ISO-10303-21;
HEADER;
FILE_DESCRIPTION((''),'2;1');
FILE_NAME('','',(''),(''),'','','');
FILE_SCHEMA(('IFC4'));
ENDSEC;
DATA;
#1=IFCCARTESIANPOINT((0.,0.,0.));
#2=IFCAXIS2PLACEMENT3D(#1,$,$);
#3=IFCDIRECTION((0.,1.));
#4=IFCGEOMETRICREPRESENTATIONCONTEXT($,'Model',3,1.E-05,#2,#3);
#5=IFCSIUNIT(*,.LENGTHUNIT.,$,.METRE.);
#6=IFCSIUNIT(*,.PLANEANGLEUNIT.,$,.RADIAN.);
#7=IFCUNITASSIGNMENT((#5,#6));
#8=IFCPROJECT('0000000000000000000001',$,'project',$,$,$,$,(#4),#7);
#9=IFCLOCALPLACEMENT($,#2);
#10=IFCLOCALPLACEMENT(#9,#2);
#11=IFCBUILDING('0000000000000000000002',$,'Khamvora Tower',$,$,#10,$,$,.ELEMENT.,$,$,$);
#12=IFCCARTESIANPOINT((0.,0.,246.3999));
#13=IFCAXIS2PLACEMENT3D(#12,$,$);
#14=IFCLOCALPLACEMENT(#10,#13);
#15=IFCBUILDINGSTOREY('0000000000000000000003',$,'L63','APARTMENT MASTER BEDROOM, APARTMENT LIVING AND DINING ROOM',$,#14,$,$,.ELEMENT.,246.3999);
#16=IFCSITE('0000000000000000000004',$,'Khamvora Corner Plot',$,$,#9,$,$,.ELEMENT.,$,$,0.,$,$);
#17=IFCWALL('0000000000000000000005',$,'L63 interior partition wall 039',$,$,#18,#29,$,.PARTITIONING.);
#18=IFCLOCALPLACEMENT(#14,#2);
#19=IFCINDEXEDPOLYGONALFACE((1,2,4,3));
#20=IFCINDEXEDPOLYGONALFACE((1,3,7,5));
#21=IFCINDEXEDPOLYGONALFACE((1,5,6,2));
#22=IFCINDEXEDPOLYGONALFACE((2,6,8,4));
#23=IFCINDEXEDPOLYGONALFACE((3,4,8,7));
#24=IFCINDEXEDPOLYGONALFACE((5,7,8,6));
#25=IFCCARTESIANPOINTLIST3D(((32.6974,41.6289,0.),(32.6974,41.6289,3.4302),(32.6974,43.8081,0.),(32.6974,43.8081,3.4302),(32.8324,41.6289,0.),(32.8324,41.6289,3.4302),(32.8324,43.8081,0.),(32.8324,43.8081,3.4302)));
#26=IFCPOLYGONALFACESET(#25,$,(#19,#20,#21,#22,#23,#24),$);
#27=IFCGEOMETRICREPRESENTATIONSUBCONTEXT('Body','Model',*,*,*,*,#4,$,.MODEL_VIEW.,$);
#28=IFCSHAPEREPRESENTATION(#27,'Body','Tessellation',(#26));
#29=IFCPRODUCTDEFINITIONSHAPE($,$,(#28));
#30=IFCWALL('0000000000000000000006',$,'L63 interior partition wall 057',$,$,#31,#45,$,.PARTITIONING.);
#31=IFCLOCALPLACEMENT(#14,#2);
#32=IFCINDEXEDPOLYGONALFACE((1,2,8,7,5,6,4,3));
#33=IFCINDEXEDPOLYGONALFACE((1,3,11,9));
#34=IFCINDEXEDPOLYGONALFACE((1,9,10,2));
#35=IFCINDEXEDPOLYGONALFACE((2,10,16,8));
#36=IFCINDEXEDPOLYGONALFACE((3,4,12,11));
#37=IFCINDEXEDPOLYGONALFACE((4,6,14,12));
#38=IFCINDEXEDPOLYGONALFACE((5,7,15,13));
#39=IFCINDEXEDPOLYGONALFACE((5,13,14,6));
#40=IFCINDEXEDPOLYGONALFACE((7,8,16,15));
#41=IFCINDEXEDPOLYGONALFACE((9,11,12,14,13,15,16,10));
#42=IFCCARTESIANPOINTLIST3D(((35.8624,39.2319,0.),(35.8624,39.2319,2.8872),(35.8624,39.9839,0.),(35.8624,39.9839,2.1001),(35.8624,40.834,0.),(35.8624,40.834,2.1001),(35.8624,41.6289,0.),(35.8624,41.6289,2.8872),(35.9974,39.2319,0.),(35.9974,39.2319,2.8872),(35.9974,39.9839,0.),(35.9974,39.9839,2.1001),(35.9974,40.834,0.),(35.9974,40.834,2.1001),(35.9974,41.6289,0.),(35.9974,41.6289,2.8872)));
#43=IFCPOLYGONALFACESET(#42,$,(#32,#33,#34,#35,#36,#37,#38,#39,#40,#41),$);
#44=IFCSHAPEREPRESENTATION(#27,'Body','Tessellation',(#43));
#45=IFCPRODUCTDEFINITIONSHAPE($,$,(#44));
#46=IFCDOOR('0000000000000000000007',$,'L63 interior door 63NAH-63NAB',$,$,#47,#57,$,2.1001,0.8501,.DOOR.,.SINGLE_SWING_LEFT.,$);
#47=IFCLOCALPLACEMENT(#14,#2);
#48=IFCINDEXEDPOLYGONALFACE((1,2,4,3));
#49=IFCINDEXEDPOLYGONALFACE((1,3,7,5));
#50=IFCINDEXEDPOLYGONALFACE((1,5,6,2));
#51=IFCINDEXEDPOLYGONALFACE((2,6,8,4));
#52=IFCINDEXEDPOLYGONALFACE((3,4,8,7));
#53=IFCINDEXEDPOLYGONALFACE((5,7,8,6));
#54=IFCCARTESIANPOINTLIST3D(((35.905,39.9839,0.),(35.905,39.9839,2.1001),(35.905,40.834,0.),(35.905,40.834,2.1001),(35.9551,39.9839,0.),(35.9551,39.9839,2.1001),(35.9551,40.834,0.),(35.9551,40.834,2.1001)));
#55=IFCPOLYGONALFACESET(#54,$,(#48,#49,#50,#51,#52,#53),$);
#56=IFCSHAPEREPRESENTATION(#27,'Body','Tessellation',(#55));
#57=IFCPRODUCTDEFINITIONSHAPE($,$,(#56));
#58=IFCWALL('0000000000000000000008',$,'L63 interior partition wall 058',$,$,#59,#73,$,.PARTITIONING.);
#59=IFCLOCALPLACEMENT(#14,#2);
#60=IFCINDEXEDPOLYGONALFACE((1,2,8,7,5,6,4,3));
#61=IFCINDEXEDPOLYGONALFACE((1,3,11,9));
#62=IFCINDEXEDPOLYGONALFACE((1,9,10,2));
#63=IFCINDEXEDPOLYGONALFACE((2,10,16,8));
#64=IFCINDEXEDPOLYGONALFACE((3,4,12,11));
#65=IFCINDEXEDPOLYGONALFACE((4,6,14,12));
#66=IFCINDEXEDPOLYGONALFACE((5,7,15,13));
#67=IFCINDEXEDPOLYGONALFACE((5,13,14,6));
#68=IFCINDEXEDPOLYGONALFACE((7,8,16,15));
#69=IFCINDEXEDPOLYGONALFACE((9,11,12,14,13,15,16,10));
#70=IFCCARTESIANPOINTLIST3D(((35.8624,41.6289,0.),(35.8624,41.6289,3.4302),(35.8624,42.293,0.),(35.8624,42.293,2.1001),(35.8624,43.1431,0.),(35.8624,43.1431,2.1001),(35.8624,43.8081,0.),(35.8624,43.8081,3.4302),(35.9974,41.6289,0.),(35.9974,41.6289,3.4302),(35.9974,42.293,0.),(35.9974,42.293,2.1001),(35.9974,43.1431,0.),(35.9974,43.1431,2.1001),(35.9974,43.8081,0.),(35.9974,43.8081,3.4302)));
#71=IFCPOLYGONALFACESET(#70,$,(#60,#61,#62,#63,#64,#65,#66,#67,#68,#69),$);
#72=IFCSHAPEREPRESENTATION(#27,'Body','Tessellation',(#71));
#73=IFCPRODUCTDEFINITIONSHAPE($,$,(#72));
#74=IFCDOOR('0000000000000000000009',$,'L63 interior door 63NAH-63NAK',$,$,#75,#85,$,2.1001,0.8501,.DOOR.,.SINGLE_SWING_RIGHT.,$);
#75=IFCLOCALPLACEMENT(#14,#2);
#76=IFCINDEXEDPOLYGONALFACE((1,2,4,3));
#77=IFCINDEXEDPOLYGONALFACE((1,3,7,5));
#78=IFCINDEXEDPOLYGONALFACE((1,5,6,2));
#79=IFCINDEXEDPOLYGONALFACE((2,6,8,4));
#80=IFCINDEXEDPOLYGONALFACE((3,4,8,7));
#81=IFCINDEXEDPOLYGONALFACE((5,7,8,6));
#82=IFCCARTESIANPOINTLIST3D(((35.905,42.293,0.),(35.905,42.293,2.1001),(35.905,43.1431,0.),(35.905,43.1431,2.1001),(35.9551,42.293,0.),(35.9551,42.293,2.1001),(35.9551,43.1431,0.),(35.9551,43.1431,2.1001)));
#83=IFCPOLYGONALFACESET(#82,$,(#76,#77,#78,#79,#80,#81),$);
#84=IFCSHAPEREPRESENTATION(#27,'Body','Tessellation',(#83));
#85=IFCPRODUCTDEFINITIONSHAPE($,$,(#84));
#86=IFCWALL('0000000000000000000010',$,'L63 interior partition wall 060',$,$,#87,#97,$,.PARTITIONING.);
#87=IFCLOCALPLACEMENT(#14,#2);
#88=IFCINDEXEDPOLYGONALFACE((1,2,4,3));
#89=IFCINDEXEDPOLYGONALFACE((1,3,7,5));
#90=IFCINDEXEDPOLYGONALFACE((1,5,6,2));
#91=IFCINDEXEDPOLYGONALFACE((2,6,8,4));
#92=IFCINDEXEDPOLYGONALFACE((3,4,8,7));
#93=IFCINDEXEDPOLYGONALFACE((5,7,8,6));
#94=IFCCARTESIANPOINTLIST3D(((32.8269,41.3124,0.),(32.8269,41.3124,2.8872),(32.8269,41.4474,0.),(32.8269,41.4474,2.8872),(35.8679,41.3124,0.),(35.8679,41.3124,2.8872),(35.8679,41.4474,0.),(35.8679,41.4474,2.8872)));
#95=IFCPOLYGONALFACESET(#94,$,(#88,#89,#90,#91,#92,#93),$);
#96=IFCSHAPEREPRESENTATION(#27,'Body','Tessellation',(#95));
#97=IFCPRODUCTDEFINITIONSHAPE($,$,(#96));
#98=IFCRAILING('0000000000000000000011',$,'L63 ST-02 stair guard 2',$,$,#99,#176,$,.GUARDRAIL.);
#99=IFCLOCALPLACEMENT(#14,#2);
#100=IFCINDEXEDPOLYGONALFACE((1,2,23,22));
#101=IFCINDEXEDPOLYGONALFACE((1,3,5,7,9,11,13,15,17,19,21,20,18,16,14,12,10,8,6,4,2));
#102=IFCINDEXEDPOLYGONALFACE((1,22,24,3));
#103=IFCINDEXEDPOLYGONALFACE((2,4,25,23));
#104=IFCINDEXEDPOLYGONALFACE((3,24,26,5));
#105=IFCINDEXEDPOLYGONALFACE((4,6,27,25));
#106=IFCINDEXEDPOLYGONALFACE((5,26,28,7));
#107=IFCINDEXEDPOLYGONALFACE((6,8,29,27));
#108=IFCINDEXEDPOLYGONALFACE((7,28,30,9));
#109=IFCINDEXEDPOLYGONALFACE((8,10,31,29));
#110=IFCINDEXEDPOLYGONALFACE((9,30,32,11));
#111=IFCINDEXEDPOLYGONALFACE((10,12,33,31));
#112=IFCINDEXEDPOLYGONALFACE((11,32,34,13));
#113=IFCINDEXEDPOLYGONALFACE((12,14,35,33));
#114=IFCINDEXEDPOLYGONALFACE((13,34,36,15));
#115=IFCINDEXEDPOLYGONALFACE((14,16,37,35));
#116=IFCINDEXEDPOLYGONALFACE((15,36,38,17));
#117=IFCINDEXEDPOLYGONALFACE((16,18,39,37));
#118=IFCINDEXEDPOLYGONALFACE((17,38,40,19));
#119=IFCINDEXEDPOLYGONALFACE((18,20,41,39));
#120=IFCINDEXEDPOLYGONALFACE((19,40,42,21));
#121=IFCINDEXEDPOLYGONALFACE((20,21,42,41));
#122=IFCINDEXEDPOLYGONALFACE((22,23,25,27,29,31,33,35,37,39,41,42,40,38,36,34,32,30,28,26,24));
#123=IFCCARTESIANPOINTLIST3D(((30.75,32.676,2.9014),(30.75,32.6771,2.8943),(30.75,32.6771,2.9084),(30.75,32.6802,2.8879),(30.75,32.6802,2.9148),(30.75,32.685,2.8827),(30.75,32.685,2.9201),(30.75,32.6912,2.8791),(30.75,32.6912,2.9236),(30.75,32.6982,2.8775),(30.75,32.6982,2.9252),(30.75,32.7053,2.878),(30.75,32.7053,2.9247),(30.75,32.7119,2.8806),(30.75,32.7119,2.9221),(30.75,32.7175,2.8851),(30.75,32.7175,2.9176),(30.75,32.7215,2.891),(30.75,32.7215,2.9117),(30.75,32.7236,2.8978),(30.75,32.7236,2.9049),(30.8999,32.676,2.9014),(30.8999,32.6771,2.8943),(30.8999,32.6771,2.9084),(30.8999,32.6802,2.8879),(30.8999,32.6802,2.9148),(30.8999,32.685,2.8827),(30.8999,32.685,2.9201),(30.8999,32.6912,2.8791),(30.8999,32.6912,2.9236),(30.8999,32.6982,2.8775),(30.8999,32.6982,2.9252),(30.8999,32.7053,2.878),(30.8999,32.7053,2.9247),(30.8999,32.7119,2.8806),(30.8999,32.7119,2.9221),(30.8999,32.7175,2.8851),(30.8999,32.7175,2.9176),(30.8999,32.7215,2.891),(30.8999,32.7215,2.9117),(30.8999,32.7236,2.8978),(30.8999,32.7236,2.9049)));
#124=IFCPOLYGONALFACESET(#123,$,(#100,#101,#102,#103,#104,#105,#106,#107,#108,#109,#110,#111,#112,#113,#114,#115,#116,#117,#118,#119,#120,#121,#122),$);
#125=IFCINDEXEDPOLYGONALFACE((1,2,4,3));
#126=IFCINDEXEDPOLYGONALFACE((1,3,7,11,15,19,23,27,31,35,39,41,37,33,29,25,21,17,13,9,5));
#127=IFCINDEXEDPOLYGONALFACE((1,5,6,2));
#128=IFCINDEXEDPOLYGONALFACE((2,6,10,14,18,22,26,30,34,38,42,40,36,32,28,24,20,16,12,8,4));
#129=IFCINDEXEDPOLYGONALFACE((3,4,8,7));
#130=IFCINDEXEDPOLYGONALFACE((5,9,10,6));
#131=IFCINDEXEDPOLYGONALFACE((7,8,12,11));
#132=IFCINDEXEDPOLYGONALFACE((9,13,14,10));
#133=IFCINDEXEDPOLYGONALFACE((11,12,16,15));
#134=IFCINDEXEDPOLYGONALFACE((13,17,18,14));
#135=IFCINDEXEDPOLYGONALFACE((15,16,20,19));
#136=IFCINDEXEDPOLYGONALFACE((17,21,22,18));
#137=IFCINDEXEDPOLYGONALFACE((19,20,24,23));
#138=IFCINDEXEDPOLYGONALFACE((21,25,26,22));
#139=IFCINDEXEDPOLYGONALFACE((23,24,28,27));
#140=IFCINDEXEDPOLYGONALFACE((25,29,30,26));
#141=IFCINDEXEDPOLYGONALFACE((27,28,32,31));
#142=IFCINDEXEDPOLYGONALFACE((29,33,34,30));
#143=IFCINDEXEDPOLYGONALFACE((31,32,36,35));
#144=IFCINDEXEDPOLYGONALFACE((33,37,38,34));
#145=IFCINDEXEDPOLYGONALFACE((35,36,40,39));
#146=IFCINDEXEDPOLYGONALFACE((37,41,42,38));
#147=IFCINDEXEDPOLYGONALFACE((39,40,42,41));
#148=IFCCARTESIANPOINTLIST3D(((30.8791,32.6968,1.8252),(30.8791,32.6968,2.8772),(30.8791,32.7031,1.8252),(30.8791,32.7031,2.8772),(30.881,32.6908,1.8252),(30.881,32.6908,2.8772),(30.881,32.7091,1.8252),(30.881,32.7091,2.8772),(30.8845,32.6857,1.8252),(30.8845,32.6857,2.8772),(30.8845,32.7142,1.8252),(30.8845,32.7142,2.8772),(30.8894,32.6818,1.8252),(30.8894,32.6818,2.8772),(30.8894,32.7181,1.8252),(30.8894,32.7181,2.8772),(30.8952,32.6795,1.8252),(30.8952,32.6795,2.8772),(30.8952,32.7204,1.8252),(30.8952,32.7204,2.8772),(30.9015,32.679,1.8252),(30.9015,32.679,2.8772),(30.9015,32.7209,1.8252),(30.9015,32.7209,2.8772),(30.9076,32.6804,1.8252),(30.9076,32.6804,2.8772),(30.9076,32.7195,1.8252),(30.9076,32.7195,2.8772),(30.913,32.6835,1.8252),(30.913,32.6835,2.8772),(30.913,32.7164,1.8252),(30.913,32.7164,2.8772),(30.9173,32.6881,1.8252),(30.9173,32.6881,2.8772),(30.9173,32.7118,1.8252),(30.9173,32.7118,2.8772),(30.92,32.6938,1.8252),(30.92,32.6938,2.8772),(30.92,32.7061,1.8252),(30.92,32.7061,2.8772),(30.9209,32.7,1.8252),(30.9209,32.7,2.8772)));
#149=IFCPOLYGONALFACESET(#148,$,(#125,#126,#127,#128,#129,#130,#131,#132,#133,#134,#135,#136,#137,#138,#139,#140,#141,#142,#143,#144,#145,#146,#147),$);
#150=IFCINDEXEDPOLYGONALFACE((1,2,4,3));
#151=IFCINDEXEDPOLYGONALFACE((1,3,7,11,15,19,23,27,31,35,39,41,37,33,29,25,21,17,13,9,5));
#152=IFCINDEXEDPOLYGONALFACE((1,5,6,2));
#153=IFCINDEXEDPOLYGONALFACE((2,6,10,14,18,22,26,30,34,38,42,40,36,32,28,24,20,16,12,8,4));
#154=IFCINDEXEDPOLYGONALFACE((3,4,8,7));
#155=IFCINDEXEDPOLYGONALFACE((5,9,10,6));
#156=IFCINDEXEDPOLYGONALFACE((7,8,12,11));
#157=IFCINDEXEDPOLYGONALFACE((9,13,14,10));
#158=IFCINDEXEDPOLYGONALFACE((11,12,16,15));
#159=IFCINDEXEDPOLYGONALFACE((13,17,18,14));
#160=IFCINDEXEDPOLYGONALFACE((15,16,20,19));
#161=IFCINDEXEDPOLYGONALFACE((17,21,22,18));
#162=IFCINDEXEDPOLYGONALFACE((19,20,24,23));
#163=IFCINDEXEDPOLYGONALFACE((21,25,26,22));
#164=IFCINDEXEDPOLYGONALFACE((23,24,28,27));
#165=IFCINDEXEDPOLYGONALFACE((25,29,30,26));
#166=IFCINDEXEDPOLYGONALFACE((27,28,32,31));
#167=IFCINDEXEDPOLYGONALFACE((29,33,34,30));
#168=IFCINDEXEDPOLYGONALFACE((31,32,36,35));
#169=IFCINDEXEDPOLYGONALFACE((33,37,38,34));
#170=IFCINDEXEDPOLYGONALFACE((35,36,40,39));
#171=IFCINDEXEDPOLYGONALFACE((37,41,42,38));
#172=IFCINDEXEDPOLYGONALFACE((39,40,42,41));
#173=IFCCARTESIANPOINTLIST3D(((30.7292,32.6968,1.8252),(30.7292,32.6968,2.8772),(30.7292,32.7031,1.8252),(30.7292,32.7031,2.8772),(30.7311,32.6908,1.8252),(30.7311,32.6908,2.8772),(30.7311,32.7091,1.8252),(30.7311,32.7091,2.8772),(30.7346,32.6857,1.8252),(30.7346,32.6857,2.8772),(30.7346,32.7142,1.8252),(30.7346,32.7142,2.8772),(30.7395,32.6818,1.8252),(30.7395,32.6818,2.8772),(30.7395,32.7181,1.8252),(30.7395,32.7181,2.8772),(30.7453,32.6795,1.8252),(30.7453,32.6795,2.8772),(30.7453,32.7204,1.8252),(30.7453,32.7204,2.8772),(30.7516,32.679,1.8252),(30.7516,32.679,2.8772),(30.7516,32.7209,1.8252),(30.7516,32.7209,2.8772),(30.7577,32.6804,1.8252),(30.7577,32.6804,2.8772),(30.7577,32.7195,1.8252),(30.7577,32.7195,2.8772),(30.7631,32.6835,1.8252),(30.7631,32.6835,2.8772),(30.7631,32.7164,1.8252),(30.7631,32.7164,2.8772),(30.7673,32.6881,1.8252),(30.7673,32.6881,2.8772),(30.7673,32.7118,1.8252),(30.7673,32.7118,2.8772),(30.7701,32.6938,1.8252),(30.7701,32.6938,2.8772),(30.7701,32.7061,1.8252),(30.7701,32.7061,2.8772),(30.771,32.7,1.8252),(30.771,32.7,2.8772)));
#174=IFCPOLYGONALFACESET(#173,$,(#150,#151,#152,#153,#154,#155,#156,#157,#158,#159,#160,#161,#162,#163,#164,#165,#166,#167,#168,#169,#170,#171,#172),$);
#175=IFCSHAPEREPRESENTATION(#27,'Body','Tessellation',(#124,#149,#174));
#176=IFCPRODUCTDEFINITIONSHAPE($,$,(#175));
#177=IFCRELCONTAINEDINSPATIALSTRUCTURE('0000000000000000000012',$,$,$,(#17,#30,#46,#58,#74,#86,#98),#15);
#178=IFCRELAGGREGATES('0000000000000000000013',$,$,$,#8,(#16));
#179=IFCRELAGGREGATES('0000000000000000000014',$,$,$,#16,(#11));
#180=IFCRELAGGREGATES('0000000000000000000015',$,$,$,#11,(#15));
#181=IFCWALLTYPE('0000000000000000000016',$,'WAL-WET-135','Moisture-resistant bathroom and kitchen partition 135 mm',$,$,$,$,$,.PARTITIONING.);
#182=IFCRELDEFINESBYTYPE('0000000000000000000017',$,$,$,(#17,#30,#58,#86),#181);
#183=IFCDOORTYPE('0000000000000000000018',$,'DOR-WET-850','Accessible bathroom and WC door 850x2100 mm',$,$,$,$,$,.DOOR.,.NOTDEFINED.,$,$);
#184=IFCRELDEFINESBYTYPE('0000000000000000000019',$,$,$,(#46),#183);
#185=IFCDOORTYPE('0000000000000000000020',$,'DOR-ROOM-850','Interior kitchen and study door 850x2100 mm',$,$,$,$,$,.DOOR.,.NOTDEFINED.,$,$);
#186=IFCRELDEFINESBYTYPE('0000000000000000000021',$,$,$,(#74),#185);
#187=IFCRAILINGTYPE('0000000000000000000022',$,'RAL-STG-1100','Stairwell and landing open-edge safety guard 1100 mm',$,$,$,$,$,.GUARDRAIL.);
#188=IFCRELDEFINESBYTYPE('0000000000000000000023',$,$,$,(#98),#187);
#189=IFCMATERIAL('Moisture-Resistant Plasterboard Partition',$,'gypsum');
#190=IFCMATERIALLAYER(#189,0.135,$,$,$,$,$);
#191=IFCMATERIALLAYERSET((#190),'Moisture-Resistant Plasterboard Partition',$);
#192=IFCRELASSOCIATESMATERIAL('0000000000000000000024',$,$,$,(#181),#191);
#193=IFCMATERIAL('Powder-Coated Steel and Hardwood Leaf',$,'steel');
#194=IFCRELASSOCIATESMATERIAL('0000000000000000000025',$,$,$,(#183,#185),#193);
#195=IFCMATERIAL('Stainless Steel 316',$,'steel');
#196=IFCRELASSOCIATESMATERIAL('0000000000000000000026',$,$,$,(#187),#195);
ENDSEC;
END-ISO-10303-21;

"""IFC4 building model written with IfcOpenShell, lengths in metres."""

from ifc_helpers import new_model, si_unit, direction, frame, frame_2d, origin, origin_2d, place, context, subcontext, project, spatial, rectangle, circle, extrude, material, layer, layer_set, type_object, element, fill, save


model = new_model("IFC4")

# Units and contexts
model_context = context("Model", 3, precision=1e-05, world=origin(), true_north=direction((0.0, 1.0)))
body_context = subcontext(model_context, "Body", "Model", "MODEL_VIEW")
ifc_project = project(units=[si_unit("LENGTHUNIT", "METRE"), si_unit("PLANEANGLEUNIT", "RADIAN")], contexts=[model_context])

# Site, building, storey
site_placement = place(None, origin())
site = spatial("IfcSite", under=ifc_project, at=site_placement, Name="Khamvora Corner Plot", CompositionType="ELEMENT", RefElevation=0.0)
building_placement = place(site_placement, origin())
building = spatial("IfcBuilding", under=site, at=building_placement, Name="Khamvora Tower", CompositionType="ELEMENT")
storey_placement = place(building_placement, frame((0.0, 0.0, 246.3999)))
storey = spatial("IfcBuildingStorey", under=building, at=storey_placement, Name="L63", Description="APARTMENT MASTER BEDROOM, APARTMENT LIVING AND DINING ROOM", CompositionType="ELEMENT", Elevation=246.3999)

# Shared definitions
ifc_material_1 = material(Name="Powder-Coated Steel and Hardwood Leaf", Category="steel")

# Wall
ifc_material_2 = material(Name="Moisture-Resistant Plasterboard Partition", Category="gypsum")
ifc_layer_1 = layer(ifc_material_2, 0.135)
ifc_layer_set_1 = layer_set([ifc_layer_1], Name="Moisture-Resistant Plasterboard Partition")
wall_type_1 = type_object("IfcWallType", Name="WAL-WET-135", Description="Moisture-resistant bathroom and kitchen partition 135 mm", PredefinedType="PARTITIONING", material=ifc_layer_set_1)
wall_1_placement = place(storey_placement, frame((32.7649, 43.8081, 0.0), z_axis=(0.0, 0.0, 1.0), x_axis=(0.0, -1.0, 0.0)))
element("IfcWall", 1, at=wall_1_placement, inside=storey, type_object=wall_type_1, Name="L63 interior partition wall 039", PredefinedType="PARTITIONING", context=body_context, shape_type="SweptSolid", body=[
    extrude(rectangle(XDim=2.1792, YDim=0.135, at=frame_2d((1.0896, 0.0))), origin(), (0.0, 0.0, 1.0), 3.4302),
])

# Walls, openings, doors
wall_2_placement = place(storey_placement, frame((35.9299, 39.2319, 0.0), z_axis=(0.0, 0.0, 1.0), x_axis=(0.0, 1.0, 0.0)))
wall_2 = element("IfcWall", 2, at=wall_2_placement, inside=storey, type_object=wall_type_1, Name="L63 interior partition wall 057", PredefinedType="PARTITIONING", context=body_context, shape_type="SweptSolid", body=[
    extrude(rectangle(XDim=2.397, YDim=0.135, at=frame_2d((1.1985, 0.0))), origin(), (0.0, 0.0, 1.0), 2.8872),
])
opening_1_placement = place(wall_2_placement, frame((0.752, 0.0, 0.0)))
opening_1 = element("IfcOpeningElement", 3, at=opening_1_placement, cuts=wall_2, PredefinedType="OPENING", context=body_context, shape_type="SweptSolid", body=[
    extrude(rectangle(XDim=0.8501, YDim=2.1001, at=frame_2d((0.425, 1.05))), frame((0.0, 0.0774, 0.0), z_axis=(0.0, -1.0, 0.0), x_axis=(1.0, 0.0, 0.0)), (0.0, 0.0, 1.0), 0.155),
])
door_type_1 = type_object("IfcDoorType", Name="DOR-WET-850", Description="Accessible bathroom and WC door 850x2100 mm", OperationType="NOTDEFINED", PredefinedType="DOOR", material=ifc_material_1)
door_1_placement = place(opening_1_placement, origin())
door_1 = element("IfcDoor", 4, at=door_1_placement, inside=storey, type_object=door_type_1, Name="L63 interior door 63NAH-63NAB", OperationType="SINGLE_SWING_LEFT", OverallHeight=2.1001, OverallWidth=0.8501, PredefinedType="DOOR", context=body_context, shape_type="SweptSolid", body=[
    extrude(rectangle(XDim=0.8501, YDim=2.1001, at=frame_2d((0.425, 1.05))), frame((0.0, 0.0249, 0.0), z_axis=(0.0, -1.0, 0.0), x_axis=(1.0, 0.0, 0.0)), (0.0, 0.0, 1.0), 0.05),
])
fill(opening_1, door_1)
wall_3_placement = place(storey_placement, frame((35.9299, 41.6289, 0.0), z_axis=(0.0, 0.0, 1.0), x_axis=(0.0, 1.0, 0.0)))
wall_3 = element("IfcWall", 5, at=wall_3_placement, inside=storey, type_object=wall_type_1, Name="L63 interior partition wall 058", PredefinedType="PARTITIONING", context=body_context, shape_type="SweptSolid", body=[
    extrude(rectangle(XDim=2.1792, YDim=0.135, at=frame_2d((1.0896, 0.0))), origin(), (0.0, 0.0, 1.0), 3.4302),
])
opening_2_placement = place(wall_3_placement, frame((0.6641, 0.0, 0.0)))
opening_2 = element("IfcOpeningElement", 6, at=opening_2_placement, cuts=wall_3, PredefinedType="OPENING", context=body_context, shape_type="SweptSolid", body=[
    extrude(rectangle(XDim=0.8501, YDim=2.1001, at=frame_2d((0.425, 1.05))), frame((0.0, 0.0774, 0.0), z_axis=(0.0, -1.0, 0.0), x_axis=(1.0, 0.0, 0.0)), (0.0, 0.0, 1.0), 0.155),
])
door_type_2 = type_object("IfcDoorType", Name="DOR-ROOM-850", Description="Interior kitchen and study door 850x2100 mm", OperationType="NOTDEFINED", PredefinedType="DOOR", material=ifc_material_1)
door_2_placement = place(opening_2_placement, origin())
door_2 = element("IfcDoor", 7, at=door_2_placement, inside=storey, type_object=door_type_2, Name="L63 interior door 63NAH-63NAK", OperationType="SINGLE_SWING_RIGHT", OverallHeight=2.1001, OverallWidth=0.8501, PredefinedType="DOOR", context=body_context, shape_type="SweptSolid", body=[
    extrude(rectangle(XDim=0.8501, YDim=2.1001, at=frame_2d((0.425, 1.05))), frame((0.0, 0.0249, 0.0), z_axis=(0.0, -1.0, 0.0), x_axis=(1.0, 0.0, 0.0)), (0.0, 0.0, 1.0), 0.05),
])
fill(opening_2, door_2)

# Wall
wall_4_placement = place(storey_placement, frame((32.8269, 41.3799, 0.0), z_axis=(0.0, 0.0, 1.0), x_axis=(1.0, 0.0, 0.0)))
element("IfcWall", 8, at=wall_4_placement, inside=storey, type_object=wall_type_1, Name="L63 interior partition wall 060", PredefinedType="PARTITIONING", context=body_context, shape_type="SweptSolid", body=[
    extrude(rectangle(XDim=3.041, YDim=0.135, at=frame_2d((1.5205, 0.0))), origin(), (0.0, 0.0, 1.0), 2.8872),
])

# Railing
ifc_material_3 = material(Name="Stainless Steel 316", Category="steel")
railing_type = type_object("IfcRailingType", Name="RAL-STG-1100", Description="Stairwell and landing open-edge safety guard 1100 mm", PredefinedType="GUARDRAIL", material=ifc_material_3)
railing_placement = place(storey_placement, frame((30.8999, 32.7, 1.8252)))
element("IfcRailing", 9, at=railing_placement, inside=storey, type_object=railing_type, Name="L63 ST-02 stair guard 2", PredefinedType="GUARDRAIL", context=body_context, shape_type="SweptSolid", body=[
    extrude(circle(Radius=0.0239, at=origin_2d()), frame((0.0, 0.0, 1.0762), z_axis=(-1.0, 0.0, 0.0), x_axis=(0.0, -1.0, 0.0)), (0.0, 0.0, 1.0), 0.1499),
    extrude(circle(Radius=0.021, at=origin_2d()), origin(), (0.0, 0.0, 1.0), 1.052),
    extrude(circle(Radius=0.021, at=origin_2d()), frame((-0.1499, 0.0, 0.0)), (0.0, 0.0, 1.0), 1.052),
])

save(model, "model.ifc")
